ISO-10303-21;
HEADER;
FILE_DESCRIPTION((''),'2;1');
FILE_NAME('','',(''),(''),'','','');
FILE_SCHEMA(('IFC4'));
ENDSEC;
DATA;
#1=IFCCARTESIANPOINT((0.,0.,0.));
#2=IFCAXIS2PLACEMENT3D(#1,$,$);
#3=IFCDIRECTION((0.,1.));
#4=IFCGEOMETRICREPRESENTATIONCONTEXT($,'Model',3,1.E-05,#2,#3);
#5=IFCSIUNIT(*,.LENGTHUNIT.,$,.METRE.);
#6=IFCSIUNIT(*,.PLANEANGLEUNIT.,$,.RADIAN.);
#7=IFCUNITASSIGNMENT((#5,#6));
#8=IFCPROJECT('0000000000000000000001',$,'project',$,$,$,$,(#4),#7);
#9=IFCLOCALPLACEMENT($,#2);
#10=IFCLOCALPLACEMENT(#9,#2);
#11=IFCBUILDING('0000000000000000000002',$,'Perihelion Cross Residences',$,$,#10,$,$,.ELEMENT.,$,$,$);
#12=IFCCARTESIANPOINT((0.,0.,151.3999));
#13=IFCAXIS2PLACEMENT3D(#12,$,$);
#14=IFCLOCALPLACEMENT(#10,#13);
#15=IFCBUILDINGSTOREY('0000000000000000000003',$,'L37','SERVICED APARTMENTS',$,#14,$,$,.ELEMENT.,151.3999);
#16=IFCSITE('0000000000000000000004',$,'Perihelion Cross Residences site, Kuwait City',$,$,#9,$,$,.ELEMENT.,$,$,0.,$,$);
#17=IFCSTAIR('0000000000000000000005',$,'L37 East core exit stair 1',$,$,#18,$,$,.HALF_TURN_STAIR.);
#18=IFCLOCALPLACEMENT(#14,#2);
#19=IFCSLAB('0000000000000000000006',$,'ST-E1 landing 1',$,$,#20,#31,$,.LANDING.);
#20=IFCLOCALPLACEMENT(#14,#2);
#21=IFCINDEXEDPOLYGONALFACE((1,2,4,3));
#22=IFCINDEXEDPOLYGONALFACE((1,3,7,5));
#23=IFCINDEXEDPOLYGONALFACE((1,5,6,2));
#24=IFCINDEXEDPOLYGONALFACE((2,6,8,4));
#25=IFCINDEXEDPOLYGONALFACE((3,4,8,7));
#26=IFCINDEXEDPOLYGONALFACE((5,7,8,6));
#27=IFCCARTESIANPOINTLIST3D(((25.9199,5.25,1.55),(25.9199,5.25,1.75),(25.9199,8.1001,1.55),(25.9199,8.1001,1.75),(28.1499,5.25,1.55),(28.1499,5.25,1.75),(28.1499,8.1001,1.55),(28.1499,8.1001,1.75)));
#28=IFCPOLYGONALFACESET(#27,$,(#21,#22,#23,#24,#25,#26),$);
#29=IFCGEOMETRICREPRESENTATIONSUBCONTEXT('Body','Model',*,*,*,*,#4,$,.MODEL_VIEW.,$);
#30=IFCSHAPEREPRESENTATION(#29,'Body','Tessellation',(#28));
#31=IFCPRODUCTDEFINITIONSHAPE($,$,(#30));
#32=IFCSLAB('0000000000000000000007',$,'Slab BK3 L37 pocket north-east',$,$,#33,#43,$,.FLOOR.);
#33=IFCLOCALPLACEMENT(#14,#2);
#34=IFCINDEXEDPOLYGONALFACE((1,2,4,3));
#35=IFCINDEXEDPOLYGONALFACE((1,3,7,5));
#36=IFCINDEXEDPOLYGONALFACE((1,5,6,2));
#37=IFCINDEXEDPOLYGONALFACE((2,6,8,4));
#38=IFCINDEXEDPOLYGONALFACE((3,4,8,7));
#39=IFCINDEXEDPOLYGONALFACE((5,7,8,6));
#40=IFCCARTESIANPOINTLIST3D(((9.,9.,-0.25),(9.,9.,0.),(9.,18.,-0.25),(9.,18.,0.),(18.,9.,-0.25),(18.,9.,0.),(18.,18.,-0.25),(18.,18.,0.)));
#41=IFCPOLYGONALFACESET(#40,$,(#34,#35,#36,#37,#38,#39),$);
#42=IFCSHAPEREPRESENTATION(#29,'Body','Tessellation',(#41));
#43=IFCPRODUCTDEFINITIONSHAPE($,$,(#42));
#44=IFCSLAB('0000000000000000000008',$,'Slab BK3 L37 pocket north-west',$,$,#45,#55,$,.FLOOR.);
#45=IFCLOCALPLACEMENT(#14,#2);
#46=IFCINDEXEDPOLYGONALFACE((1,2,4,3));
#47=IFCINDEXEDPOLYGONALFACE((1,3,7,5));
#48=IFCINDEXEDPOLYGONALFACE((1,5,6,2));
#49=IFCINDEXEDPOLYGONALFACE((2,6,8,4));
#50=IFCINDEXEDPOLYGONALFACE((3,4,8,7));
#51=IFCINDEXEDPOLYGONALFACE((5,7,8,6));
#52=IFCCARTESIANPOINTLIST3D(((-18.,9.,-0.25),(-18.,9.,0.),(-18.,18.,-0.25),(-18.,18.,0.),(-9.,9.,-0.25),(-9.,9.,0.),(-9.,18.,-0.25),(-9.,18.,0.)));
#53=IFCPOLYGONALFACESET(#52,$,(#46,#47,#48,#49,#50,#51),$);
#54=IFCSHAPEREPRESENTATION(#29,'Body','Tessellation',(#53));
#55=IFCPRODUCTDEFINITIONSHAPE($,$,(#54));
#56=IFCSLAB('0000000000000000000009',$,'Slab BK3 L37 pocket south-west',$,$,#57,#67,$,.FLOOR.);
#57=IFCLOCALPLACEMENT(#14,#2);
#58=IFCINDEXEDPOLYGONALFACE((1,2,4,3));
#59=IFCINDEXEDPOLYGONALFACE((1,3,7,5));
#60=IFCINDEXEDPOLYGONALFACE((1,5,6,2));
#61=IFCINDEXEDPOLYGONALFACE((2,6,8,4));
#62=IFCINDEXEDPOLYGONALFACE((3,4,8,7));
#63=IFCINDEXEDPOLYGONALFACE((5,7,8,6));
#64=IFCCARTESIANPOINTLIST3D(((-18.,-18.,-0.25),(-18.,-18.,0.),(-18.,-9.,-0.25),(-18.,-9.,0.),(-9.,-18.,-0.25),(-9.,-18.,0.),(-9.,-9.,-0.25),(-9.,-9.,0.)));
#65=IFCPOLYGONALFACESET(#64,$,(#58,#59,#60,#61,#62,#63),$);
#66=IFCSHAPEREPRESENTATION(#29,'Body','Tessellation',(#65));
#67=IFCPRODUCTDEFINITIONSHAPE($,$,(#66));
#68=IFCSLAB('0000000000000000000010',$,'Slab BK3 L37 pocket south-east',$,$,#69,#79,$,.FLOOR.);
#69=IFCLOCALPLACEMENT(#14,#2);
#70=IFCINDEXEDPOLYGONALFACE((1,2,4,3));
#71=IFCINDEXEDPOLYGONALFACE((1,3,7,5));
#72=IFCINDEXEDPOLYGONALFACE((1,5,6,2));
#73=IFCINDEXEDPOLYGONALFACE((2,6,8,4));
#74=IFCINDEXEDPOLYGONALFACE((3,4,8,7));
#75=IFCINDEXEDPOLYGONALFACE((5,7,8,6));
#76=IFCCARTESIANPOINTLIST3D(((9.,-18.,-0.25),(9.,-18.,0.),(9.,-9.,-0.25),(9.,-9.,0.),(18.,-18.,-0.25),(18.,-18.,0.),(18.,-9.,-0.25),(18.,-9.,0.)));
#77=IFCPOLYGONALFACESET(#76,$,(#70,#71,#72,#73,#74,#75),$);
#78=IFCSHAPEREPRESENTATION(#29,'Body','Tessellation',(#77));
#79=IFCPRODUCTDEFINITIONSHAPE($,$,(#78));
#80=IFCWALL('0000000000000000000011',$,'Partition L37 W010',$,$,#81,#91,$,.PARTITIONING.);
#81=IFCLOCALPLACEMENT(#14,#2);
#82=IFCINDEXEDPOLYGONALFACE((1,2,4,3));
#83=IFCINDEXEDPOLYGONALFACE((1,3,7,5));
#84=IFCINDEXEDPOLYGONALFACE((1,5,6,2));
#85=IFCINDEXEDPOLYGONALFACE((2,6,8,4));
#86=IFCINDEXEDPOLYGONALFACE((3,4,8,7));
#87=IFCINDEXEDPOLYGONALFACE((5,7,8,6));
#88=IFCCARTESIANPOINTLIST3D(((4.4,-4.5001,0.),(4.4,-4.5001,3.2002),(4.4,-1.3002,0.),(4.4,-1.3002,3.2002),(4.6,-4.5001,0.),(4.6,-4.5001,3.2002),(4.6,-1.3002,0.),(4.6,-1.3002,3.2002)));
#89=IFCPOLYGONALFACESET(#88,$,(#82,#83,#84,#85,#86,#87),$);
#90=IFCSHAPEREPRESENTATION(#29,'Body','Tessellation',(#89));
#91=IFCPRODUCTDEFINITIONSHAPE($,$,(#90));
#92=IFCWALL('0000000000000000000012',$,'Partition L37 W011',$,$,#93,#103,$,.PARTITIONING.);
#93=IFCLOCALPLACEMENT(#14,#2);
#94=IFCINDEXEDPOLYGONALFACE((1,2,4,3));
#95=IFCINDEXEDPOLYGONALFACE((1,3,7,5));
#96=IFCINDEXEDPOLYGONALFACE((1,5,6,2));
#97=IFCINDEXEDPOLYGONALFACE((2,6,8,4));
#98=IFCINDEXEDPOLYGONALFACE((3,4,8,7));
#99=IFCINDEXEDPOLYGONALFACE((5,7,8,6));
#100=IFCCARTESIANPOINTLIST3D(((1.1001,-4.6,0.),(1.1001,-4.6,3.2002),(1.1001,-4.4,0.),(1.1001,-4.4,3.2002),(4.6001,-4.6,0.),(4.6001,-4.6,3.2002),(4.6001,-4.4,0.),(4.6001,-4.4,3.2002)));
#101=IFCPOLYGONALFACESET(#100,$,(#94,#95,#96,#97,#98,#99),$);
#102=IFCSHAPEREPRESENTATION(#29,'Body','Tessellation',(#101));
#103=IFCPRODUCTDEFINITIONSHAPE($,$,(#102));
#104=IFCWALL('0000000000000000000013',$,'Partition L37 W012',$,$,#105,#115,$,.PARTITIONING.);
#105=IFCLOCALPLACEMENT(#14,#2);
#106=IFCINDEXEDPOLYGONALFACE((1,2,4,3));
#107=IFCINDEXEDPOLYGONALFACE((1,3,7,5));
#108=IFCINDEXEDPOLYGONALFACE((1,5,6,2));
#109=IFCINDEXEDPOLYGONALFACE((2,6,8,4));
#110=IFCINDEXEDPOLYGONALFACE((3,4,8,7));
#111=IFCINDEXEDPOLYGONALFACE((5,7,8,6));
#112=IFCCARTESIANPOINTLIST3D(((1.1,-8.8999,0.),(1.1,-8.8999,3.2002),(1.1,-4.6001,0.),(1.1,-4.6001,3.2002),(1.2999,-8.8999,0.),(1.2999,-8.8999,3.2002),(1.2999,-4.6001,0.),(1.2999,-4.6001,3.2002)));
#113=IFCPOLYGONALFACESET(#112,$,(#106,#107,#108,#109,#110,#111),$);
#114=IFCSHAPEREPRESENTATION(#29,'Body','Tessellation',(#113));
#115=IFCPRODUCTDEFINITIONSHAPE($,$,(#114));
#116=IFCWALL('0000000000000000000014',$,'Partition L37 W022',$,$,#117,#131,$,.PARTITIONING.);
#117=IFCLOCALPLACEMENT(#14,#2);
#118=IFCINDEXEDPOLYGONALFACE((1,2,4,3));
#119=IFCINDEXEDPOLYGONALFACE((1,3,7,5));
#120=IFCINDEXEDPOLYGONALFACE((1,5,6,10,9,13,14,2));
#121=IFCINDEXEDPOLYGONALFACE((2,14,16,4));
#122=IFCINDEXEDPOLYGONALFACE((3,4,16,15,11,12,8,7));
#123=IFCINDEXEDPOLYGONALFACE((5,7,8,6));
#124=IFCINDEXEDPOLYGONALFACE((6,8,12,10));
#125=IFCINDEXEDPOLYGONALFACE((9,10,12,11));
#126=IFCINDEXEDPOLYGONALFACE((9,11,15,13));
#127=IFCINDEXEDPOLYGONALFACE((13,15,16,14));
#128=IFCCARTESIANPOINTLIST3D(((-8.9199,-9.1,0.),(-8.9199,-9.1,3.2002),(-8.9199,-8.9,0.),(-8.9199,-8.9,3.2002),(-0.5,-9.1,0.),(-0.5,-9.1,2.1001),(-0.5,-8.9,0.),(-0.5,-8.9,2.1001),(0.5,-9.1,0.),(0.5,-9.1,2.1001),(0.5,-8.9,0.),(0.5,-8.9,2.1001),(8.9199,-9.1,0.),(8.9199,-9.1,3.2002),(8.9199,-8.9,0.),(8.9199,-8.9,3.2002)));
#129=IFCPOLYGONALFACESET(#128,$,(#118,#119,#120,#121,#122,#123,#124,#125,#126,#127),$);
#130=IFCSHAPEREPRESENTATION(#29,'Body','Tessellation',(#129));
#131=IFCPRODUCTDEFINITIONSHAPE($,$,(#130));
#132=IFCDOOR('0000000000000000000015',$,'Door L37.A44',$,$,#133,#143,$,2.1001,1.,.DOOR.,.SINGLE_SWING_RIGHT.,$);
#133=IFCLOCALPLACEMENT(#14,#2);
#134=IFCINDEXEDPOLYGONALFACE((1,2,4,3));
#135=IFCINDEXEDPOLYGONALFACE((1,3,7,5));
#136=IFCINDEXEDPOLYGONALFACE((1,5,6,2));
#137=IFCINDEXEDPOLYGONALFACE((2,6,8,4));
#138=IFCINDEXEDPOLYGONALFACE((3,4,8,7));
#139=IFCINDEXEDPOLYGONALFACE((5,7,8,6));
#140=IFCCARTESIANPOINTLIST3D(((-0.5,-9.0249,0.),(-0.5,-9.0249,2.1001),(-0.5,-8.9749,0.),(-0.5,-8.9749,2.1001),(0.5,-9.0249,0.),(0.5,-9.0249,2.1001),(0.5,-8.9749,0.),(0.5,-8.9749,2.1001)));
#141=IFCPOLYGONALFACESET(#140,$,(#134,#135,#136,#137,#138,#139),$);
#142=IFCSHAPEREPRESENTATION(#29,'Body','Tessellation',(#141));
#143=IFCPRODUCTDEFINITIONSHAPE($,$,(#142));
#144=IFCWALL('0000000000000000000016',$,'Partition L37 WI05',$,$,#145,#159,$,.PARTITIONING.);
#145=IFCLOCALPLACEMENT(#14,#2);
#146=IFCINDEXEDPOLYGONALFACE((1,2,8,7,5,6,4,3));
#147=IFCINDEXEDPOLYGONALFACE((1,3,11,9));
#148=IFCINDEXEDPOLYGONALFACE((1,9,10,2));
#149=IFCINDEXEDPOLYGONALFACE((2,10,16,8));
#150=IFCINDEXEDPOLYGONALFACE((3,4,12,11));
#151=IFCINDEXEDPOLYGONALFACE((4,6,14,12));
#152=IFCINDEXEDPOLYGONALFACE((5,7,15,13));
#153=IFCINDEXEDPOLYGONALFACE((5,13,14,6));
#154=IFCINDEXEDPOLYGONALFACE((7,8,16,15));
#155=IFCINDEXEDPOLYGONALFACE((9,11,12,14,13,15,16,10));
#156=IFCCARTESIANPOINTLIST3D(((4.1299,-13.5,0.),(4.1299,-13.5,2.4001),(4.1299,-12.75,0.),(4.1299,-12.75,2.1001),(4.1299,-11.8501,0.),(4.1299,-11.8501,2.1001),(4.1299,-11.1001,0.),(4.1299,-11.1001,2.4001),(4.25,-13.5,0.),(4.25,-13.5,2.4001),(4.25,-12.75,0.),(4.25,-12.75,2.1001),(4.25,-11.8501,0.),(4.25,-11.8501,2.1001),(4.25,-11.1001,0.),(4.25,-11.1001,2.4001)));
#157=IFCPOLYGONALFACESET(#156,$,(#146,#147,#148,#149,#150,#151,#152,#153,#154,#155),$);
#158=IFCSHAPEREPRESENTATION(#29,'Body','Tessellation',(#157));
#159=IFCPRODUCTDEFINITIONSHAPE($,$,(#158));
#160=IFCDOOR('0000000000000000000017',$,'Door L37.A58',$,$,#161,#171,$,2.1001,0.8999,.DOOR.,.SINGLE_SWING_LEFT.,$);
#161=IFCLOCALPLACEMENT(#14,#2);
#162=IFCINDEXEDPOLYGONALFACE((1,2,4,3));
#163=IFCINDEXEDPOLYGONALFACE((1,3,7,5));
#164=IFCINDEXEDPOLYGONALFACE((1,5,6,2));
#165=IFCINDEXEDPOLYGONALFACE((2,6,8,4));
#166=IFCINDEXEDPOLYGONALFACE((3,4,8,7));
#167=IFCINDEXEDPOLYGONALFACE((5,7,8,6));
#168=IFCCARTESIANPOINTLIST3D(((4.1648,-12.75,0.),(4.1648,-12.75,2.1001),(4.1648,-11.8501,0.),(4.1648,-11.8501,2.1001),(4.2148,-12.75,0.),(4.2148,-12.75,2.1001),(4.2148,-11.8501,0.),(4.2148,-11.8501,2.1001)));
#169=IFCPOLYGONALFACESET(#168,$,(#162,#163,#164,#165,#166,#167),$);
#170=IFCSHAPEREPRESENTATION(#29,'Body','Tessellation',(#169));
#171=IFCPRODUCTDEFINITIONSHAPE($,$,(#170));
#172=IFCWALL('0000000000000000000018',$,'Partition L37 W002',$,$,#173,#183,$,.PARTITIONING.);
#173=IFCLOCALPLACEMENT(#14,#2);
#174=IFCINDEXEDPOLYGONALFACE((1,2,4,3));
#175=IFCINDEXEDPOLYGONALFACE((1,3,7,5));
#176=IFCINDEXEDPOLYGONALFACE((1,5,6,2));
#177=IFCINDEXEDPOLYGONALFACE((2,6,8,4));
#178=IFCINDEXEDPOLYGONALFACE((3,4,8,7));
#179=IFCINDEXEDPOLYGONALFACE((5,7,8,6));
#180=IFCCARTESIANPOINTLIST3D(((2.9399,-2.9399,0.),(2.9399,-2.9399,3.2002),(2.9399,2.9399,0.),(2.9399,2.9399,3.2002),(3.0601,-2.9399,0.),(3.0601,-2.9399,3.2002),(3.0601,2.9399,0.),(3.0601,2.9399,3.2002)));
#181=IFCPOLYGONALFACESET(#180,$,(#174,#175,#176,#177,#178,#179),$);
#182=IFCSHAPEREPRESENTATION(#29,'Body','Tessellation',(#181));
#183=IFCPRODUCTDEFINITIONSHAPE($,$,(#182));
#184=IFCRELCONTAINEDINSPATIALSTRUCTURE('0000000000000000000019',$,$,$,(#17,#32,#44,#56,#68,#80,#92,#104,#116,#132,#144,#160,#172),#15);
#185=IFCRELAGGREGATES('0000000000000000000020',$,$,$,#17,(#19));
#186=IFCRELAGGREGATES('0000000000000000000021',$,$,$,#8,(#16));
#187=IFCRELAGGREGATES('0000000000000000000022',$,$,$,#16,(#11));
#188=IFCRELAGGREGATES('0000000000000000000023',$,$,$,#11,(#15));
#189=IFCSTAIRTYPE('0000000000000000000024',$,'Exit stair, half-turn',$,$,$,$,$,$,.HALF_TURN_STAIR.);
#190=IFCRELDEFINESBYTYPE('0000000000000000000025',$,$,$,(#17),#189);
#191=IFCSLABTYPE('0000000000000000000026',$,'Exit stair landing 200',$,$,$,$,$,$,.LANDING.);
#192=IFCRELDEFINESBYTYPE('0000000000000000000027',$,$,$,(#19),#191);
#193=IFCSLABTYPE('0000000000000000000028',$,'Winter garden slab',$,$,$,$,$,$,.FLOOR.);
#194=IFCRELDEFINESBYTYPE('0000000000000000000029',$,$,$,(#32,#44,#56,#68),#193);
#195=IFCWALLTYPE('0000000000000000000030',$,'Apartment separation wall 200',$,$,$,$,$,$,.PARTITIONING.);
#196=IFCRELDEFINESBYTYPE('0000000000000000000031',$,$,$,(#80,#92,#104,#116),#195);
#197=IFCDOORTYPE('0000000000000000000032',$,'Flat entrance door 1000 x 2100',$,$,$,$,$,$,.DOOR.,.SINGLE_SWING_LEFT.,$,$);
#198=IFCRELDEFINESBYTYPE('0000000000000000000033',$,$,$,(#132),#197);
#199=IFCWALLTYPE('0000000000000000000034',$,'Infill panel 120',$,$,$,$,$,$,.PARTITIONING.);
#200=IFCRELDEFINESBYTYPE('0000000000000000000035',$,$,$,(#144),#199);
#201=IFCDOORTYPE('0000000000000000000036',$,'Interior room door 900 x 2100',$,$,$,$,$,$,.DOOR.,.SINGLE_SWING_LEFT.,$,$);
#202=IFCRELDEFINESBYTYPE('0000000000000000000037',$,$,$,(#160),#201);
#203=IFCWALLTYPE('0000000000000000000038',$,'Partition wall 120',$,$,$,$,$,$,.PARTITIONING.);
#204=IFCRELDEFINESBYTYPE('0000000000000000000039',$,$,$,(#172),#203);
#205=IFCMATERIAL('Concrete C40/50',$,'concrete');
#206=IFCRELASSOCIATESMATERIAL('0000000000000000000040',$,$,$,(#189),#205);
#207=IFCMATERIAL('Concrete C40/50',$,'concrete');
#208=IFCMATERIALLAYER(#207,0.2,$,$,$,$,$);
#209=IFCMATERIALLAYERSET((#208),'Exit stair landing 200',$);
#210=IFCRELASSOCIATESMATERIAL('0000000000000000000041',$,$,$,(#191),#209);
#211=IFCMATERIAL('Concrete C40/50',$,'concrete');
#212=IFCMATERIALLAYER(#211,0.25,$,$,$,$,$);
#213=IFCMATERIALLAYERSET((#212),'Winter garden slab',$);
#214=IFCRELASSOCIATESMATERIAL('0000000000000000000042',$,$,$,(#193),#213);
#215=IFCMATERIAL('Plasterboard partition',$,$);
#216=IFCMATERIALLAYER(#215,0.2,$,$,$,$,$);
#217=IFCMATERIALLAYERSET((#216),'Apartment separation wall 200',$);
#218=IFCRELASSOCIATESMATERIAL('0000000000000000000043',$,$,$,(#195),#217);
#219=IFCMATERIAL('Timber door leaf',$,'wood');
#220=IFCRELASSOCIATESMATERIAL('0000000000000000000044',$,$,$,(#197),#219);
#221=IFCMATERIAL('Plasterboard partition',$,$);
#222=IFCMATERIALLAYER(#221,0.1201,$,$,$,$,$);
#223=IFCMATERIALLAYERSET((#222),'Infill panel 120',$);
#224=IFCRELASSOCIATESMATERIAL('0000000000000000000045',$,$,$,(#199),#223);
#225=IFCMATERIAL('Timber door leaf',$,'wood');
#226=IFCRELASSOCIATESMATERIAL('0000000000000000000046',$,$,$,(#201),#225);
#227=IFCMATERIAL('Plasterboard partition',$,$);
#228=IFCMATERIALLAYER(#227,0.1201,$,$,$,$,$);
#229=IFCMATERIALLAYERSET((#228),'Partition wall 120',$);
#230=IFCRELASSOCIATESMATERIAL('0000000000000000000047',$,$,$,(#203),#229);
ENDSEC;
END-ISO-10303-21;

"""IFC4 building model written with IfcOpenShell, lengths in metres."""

from ifc_helpers import new_model, si_unit, direction, frame, frame_2d, origin, place, context, subcontext, project, spatial, polyline, rectangle, outline, extrude, material, layer, layer_set, type_object, element, fill, aggregate, save


model = new_model("IFC4")

# Units and contexts
model_context = context("Model", 3, precision=1e-05, world=origin(), true_north=direction((0.0, 1.0)))
body_context = subcontext(model_context, "Body", "Model", "MODEL_VIEW")
ifc_project = project(units=[si_unit("LENGTHUNIT", "METRE"), si_unit("PLANEANGLEUNIT", "RADIAN")], contexts=[model_context])

# Site, building, storey
site_placement = place(None, origin())
site = spatial("IfcSite", under=ifc_project, at=site_placement, Name="Perihelion Cross Residences site, Kuwait City", CompositionType="ELEMENT", RefElevation=0.0)
building_placement = place(site_placement, origin())
building = spatial("IfcBuilding", under=site, at=building_placement, Name="Perihelion Cross Residences", CompositionType="ELEMENT")
storey_placement = place(building_placement, frame((0.0, 0.0, 151.3999)))
storey = spatial("IfcBuildingStorey", under=building, at=storey_placement, Name="L37", Description="SERVICED APARTMENTS", CompositionType="ELEMENT", Elevation=151.3999)

# Stair, slab
ifc_material_1 = material(Name="Concrete C40/50", Category="concrete")
stair_type = type_object("IfcStairType", Name="Exit stair, half-turn", PredefinedType="HALF_TURN_STAIR", material=ifc_material_1)
stair_placement = place(storey_placement, origin())
stair = element("IfcStair", 1, at=stair_placement, inside=storey, type_object=stair_type, Name="L37 East core exit stair 1", PredefinedType="HALF_TURN_STAIR")
ifc_material_2 = material(Name="Concrete C40/50", Category="concrete")
ifc_layer_1 = layer(ifc_material_2, 0.2)
ifc_layer_set_1 = layer_set([ifc_layer_1], Name="Exit stair landing 200")
slab_type_1 = type_object("IfcSlabType", Name="Exit stair landing 200", PredefinedType="LANDING", material=ifc_layer_set_1)
slab_1_placement = place(storey_placement, frame((0.0, 0.0, 1.55)))
slab_1 = element("IfcSlab", 2, at=slab_1_placement, type_object=slab_type_1, Name="ST-E1 landing 1", PredefinedType="LANDING", context=body_context, shape_type="SweptSolid", body=[
    extrude(outline(polyline([(25.9199, 5.25), (28.1499, 5.25), (28.1499, 8.1001), (25.9199, 8.1001), (25.9199, 5.25)])), origin(), (0.0, 0.0, 1.0), 0.2),
])
aggregate(stair, [slab_1])

# Slabs
ifc_material_3 = material(Name="Concrete C40/50", Category="concrete")
ifc_layer_2 = layer(ifc_material_3, 0.25)
ifc_layer_set_2 = layer_set([ifc_layer_2], Name="Winter garden slab")
slab_type_2 = type_object("IfcSlabType", Name="Winter garden slab", PredefinedType="FLOOR", material=ifc_layer_set_2)
slab_2_placement = place(storey_placement, frame((0.0, 0.0, -0.25)))
element("IfcSlab", 3, at=slab_2_placement, inside=storey, type_object=slab_type_2, Name="Slab BK3 L37 pocket north-east", PredefinedType="FLOOR", context=body_context, shape_type="SweptSolid", body=[
    extrude(outline(polyline([(18.0, 9.0), (18.0, 18.0), (9.0, 18.0), (9.0, 9.0), (18.0, 9.0)])), origin(), (0.0, 0.0, 1.0), 0.25),
])
slab_3_placement = place(storey_placement, frame((0.0, 0.0, -0.25)))
element("IfcSlab", 4, at=slab_3_placement, inside=storey, type_object=slab_type_2, Name="Slab BK3 L37 pocket north-west", PredefinedType="FLOOR", context=body_context, shape_type="SweptSolid", body=[
    extrude(outline(polyline([(-9.0, 9.0), (-9.0, 18.0), (-18.0, 18.0), (-18.0, 9.0), (-9.0, 9.0)])), origin(), (0.0, 0.0, 1.0), 0.25),
])
slab_4_placement = place(storey_placement, frame((0.0, 0.0, -0.25)))
element("IfcSlab", 5, at=slab_4_placement, inside=storey, type_object=slab_type_2, Name="Slab BK3 L37 pocket south-west", PredefinedType="FLOOR", context=body_context, shape_type="SweptSolid", body=[
    extrude(outline(polyline([(-9.0, -18.0), (-9.0, -9.0), (-18.0, -9.0), (-18.0, -18.0), (-9.0, -18.0)])), origin(), (0.0, 0.0, 1.0), 0.25),
])
slab_5_placement = place(storey_placement, frame((0.0, 0.0, -0.25)))
element("IfcSlab", 6, at=slab_5_placement, inside=storey, type_object=slab_type_2, Name="Slab BK3 L37 pocket south-east", PredefinedType="FLOOR", context=body_context, shape_type="SweptSolid", body=[
    extrude(outline(polyline([(18.0, -18.0), (18.0, -9.0), (9.0, -9.0), (9.0, -18.0), (18.0, -18.0)])), origin(), (0.0, 0.0, 1.0), 0.25),
])

# Walls
ifc_material_4 = material(Name="Plasterboard partition")
ifc_layer_3 = layer(ifc_material_4, 0.2)
ifc_layer_set_3 = layer_set([ifc_layer_3], Name="Apartment separation wall 200")
wall_type_1 = type_object("IfcWallType", Name="Apartment separation wall 200", PredefinedType="PARTITIONING", material=ifc_layer_set_3)
wall_1_placement = place(storey_placement, frame((4.5, -1.3, 0.0), z_axis=(0.0, 0.0, 1.0), x_axis=(0.0, -1.0, 0.0)))
element("IfcWall", 7, at=wall_1_placement, inside=storey, type_object=wall_type_1, Name="Partition L37 W010", PredefinedType="PARTITIONING", context=body_context, shape_type="SweptSolid", body=[
    extrude(rectangle(XDim=3.2, YDim=0.2, at=frame_2d((1.6001, 0.0))), origin(), (0.0, 0.0, 1.0), 3.2002),
])
wall_2_placement = place(storey_placement, frame((4.6001, -4.5, 0.0), z_axis=(0.0, 0.0, 1.0), x_axis=(-1.0, 0.0, 0.0)))
element("IfcWall", 8, at=wall_2_placement, inside=storey, type_object=wall_type_1, Name="Partition L37 W011", PredefinedType="PARTITIONING", context=body_context, shape_type="SweptSolid", body=[
    extrude(rectangle(XDim=3.5, YDim=0.2, at=frame_2d((1.75, 0.0))), origin(), (0.0, 0.0, 1.0), 3.2002),
])
wall_3_placement = place(storey_placement, frame((1.2, -4.6001, 0.0), z_axis=(0.0, 0.0, 1.0), x_axis=(0.0, -1.0, 0.0)))
element("IfcWall", 9, at=wall_3_placement, inside=storey, type_object=wall_type_1, Name="Partition L37 W012", PredefinedType="PARTITIONING", context=body_context, shape_type="SweptSolid", body=[
    extrude(rectangle(XDim=4.2998, YDim=0.2, at=frame_2d((2.1499, 0.0))), origin(), (0.0, 0.0, 1.0), 3.2002),
])

# Walls, openings, doors
wall_4_placement = place(storey_placement, frame((8.9199, -9.0, 0.0), z_axis=(0.0, 0.0, 1.0), x_axis=(-1.0, 0.0, 0.0)))
wall_4 = element("IfcWall", 10, at=wall_4_placement, inside=storey, type_object=wall_type_1, Name="Partition L37 W022", PredefinedType="PARTITIONING", context=body_context, shape_type="SweptSolid", body=[
    extrude(rectangle(XDim=17.8398, YDim=0.2, at=frame_2d((8.9199, 0.0))), origin(), (0.0, 0.0, 1.0), 3.2002),
])
opening_1_placement = place(wall_4_placement, frame((8.4199, 0.0, 0.0)))
opening_1 = element("IfcOpeningElement", 11, at=opening_1_placement, cuts=wall_4, PredefinedType="OPENING", context=body_context, shape_type="SweptSolid", body=[
    extrude(rectangle(XDim=1.0, YDim=2.1001, at=frame_2d((0.5, 1.05))), frame((0.0, 0.1099, 0.0), z_axis=(0.0, -1.0, 0.0), x_axis=(1.0, 0.0, 0.0)), (0.0, 0.0, 1.0), 0.22),
])
ifc_material_5 = material(Name="Timber door leaf", Category="wood")
door_type_1 = type_object("IfcDoorType", Name="Flat entrance door 1000 x 2100", OperationType="SINGLE_SWING_LEFT", PredefinedType="DOOR", material=ifc_material_5)
door_1_placement = place(opening_1_placement, origin())
door_1 = element("IfcDoor", 12, at=door_1_placement, inside=storey, type_object=door_type_1, Name="Door L37.A44", OperationType="SINGLE_SWING_RIGHT", OverallHeight=2.1001, OverallWidth=1.0, PredefinedType="DOOR", context=body_context, shape_type="SweptSolid", body=[
    extrude(rectangle(XDim=1.0, YDim=2.1001, at=frame_2d((0.5, 1.05))), frame((0.0, 0.0249, 0.0), z_axis=(0.0, -1.0, 0.0), x_axis=(1.0, 0.0, 0.0)), (0.0, 0.0, 1.0), 0.05),
])
fill(opening_1, door_1)
ifc_material_6 = material(Name="Plasterboard partition")
ifc_layer_4 = layer(ifc_material_6, 0.1201)
ifc_layer_set_4 = layer_set([ifc_layer_4], Name="Infill panel 120")
wall_type_2 = type_object("IfcWallType", Name="Infill panel 120", PredefinedType="PARTITIONING", material=ifc_layer_set_4)
wall_5_placement = place(storey_placement, frame((4.1899, -11.1001, 0.0), z_axis=(0.0, 0.0, 1.0), x_axis=(0.0, -1.0, 0.0)))
wall_5 = element("IfcWall", 13, at=wall_5_placement, inside=storey, type_object=wall_type_2, Name="Partition L37 WI05", PredefinedType="PARTITIONING", context=body_context, shape_type="SweptSolid", body=[
    extrude(rectangle(XDim=2.3999, YDim=0.1201, at=frame_2d((1.2, 0.0))), origin(), (0.0, 0.0, 1.0), 2.4001),
])
opening_2_placement = place(wall_5_placement, frame((0.75, 0.0, 0.0)))
opening_2 = element("IfcOpeningElement", 14, at=opening_2_placement, cuts=wall_5, PredefinedType="OPENING", context=body_context, shape_type="SweptSolid", body=[
    extrude(rectangle(XDim=0.8999, YDim=2.1001, at=frame_2d((0.45, 1.05))), frame((0.0, 0.0701, 0.0), z_axis=(0.0, -1.0, 0.0), x_axis=(1.0, 0.0, 0.0)), (0.0, 0.0, 1.0), 0.1401),
])
ifc_material_7 = material(Name="Timber door leaf", Category="wood")
door_type_2 = type_object("IfcDoorType", Name="Interior room door 900 x 2100", OperationType="SINGLE_SWING_LEFT", PredefinedType="DOOR", material=ifc_material_7)
door_2_placement = place(opening_2_placement, origin())
door_2 = element("IfcDoor", 15, at=door_2_placement, inside=storey, type_object=door_type_2, Name="Door L37.A58", OperationType="SINGLE_SWING_LEFT", OverallHeight=2.1001, OverallWidth=0.8999, PredefinedType="DOOR", context=body_context, shape_type="SweptSolid", body=[
    extrude(rectangle(XDim=0.8999, YDim=2.1001, at=frame_2d((0.45, 1.05))), frame((0.0, 0.0249, 0.0), z_axis=(0.0, -1.0, 0.0), x_axis=(1.0, 0.0, 0.0)), (0.0, 0.0, 1.0), 0.05),
])
fill(opening_2, door_2)

# Wall
ifc_material_8 = material(Name="Plasterboard partition")
ifc_layer_5 = layer(ifc_material_8, 0.1201)
ifc_layer_set_5 = layer_set([ifc_layer_5], Name="Partition wall 120")
wall_type_3 = type_object("IfcWallType", Name="Partition wall 120", PredefinedType="PARTITIONING", material=ifc_layer_set_5)
wall_6_placement = place(storey_placement, frame((3.0, -2.9399, 0.0), z_axis=(0.0, 0.0, 1.0), x_axis=(0.0, 1.0, 0.0)))
element("IfcWall", 16, at=wall_6_placement, inside=storey, type_object=wall_type_3, Name="Partition L37 W002", PredefinedType="PARTITIONING", context=body_context, shape_type="SweptSolid", body=[
    extrude(rectangle(XDim=5.8799, YDim=0.1201, at=frame_2d((2.9399, 0.0))), origin(), (0.0, 0.0, 1.0), 3.2002),
])

save(model, "model.ifc")
